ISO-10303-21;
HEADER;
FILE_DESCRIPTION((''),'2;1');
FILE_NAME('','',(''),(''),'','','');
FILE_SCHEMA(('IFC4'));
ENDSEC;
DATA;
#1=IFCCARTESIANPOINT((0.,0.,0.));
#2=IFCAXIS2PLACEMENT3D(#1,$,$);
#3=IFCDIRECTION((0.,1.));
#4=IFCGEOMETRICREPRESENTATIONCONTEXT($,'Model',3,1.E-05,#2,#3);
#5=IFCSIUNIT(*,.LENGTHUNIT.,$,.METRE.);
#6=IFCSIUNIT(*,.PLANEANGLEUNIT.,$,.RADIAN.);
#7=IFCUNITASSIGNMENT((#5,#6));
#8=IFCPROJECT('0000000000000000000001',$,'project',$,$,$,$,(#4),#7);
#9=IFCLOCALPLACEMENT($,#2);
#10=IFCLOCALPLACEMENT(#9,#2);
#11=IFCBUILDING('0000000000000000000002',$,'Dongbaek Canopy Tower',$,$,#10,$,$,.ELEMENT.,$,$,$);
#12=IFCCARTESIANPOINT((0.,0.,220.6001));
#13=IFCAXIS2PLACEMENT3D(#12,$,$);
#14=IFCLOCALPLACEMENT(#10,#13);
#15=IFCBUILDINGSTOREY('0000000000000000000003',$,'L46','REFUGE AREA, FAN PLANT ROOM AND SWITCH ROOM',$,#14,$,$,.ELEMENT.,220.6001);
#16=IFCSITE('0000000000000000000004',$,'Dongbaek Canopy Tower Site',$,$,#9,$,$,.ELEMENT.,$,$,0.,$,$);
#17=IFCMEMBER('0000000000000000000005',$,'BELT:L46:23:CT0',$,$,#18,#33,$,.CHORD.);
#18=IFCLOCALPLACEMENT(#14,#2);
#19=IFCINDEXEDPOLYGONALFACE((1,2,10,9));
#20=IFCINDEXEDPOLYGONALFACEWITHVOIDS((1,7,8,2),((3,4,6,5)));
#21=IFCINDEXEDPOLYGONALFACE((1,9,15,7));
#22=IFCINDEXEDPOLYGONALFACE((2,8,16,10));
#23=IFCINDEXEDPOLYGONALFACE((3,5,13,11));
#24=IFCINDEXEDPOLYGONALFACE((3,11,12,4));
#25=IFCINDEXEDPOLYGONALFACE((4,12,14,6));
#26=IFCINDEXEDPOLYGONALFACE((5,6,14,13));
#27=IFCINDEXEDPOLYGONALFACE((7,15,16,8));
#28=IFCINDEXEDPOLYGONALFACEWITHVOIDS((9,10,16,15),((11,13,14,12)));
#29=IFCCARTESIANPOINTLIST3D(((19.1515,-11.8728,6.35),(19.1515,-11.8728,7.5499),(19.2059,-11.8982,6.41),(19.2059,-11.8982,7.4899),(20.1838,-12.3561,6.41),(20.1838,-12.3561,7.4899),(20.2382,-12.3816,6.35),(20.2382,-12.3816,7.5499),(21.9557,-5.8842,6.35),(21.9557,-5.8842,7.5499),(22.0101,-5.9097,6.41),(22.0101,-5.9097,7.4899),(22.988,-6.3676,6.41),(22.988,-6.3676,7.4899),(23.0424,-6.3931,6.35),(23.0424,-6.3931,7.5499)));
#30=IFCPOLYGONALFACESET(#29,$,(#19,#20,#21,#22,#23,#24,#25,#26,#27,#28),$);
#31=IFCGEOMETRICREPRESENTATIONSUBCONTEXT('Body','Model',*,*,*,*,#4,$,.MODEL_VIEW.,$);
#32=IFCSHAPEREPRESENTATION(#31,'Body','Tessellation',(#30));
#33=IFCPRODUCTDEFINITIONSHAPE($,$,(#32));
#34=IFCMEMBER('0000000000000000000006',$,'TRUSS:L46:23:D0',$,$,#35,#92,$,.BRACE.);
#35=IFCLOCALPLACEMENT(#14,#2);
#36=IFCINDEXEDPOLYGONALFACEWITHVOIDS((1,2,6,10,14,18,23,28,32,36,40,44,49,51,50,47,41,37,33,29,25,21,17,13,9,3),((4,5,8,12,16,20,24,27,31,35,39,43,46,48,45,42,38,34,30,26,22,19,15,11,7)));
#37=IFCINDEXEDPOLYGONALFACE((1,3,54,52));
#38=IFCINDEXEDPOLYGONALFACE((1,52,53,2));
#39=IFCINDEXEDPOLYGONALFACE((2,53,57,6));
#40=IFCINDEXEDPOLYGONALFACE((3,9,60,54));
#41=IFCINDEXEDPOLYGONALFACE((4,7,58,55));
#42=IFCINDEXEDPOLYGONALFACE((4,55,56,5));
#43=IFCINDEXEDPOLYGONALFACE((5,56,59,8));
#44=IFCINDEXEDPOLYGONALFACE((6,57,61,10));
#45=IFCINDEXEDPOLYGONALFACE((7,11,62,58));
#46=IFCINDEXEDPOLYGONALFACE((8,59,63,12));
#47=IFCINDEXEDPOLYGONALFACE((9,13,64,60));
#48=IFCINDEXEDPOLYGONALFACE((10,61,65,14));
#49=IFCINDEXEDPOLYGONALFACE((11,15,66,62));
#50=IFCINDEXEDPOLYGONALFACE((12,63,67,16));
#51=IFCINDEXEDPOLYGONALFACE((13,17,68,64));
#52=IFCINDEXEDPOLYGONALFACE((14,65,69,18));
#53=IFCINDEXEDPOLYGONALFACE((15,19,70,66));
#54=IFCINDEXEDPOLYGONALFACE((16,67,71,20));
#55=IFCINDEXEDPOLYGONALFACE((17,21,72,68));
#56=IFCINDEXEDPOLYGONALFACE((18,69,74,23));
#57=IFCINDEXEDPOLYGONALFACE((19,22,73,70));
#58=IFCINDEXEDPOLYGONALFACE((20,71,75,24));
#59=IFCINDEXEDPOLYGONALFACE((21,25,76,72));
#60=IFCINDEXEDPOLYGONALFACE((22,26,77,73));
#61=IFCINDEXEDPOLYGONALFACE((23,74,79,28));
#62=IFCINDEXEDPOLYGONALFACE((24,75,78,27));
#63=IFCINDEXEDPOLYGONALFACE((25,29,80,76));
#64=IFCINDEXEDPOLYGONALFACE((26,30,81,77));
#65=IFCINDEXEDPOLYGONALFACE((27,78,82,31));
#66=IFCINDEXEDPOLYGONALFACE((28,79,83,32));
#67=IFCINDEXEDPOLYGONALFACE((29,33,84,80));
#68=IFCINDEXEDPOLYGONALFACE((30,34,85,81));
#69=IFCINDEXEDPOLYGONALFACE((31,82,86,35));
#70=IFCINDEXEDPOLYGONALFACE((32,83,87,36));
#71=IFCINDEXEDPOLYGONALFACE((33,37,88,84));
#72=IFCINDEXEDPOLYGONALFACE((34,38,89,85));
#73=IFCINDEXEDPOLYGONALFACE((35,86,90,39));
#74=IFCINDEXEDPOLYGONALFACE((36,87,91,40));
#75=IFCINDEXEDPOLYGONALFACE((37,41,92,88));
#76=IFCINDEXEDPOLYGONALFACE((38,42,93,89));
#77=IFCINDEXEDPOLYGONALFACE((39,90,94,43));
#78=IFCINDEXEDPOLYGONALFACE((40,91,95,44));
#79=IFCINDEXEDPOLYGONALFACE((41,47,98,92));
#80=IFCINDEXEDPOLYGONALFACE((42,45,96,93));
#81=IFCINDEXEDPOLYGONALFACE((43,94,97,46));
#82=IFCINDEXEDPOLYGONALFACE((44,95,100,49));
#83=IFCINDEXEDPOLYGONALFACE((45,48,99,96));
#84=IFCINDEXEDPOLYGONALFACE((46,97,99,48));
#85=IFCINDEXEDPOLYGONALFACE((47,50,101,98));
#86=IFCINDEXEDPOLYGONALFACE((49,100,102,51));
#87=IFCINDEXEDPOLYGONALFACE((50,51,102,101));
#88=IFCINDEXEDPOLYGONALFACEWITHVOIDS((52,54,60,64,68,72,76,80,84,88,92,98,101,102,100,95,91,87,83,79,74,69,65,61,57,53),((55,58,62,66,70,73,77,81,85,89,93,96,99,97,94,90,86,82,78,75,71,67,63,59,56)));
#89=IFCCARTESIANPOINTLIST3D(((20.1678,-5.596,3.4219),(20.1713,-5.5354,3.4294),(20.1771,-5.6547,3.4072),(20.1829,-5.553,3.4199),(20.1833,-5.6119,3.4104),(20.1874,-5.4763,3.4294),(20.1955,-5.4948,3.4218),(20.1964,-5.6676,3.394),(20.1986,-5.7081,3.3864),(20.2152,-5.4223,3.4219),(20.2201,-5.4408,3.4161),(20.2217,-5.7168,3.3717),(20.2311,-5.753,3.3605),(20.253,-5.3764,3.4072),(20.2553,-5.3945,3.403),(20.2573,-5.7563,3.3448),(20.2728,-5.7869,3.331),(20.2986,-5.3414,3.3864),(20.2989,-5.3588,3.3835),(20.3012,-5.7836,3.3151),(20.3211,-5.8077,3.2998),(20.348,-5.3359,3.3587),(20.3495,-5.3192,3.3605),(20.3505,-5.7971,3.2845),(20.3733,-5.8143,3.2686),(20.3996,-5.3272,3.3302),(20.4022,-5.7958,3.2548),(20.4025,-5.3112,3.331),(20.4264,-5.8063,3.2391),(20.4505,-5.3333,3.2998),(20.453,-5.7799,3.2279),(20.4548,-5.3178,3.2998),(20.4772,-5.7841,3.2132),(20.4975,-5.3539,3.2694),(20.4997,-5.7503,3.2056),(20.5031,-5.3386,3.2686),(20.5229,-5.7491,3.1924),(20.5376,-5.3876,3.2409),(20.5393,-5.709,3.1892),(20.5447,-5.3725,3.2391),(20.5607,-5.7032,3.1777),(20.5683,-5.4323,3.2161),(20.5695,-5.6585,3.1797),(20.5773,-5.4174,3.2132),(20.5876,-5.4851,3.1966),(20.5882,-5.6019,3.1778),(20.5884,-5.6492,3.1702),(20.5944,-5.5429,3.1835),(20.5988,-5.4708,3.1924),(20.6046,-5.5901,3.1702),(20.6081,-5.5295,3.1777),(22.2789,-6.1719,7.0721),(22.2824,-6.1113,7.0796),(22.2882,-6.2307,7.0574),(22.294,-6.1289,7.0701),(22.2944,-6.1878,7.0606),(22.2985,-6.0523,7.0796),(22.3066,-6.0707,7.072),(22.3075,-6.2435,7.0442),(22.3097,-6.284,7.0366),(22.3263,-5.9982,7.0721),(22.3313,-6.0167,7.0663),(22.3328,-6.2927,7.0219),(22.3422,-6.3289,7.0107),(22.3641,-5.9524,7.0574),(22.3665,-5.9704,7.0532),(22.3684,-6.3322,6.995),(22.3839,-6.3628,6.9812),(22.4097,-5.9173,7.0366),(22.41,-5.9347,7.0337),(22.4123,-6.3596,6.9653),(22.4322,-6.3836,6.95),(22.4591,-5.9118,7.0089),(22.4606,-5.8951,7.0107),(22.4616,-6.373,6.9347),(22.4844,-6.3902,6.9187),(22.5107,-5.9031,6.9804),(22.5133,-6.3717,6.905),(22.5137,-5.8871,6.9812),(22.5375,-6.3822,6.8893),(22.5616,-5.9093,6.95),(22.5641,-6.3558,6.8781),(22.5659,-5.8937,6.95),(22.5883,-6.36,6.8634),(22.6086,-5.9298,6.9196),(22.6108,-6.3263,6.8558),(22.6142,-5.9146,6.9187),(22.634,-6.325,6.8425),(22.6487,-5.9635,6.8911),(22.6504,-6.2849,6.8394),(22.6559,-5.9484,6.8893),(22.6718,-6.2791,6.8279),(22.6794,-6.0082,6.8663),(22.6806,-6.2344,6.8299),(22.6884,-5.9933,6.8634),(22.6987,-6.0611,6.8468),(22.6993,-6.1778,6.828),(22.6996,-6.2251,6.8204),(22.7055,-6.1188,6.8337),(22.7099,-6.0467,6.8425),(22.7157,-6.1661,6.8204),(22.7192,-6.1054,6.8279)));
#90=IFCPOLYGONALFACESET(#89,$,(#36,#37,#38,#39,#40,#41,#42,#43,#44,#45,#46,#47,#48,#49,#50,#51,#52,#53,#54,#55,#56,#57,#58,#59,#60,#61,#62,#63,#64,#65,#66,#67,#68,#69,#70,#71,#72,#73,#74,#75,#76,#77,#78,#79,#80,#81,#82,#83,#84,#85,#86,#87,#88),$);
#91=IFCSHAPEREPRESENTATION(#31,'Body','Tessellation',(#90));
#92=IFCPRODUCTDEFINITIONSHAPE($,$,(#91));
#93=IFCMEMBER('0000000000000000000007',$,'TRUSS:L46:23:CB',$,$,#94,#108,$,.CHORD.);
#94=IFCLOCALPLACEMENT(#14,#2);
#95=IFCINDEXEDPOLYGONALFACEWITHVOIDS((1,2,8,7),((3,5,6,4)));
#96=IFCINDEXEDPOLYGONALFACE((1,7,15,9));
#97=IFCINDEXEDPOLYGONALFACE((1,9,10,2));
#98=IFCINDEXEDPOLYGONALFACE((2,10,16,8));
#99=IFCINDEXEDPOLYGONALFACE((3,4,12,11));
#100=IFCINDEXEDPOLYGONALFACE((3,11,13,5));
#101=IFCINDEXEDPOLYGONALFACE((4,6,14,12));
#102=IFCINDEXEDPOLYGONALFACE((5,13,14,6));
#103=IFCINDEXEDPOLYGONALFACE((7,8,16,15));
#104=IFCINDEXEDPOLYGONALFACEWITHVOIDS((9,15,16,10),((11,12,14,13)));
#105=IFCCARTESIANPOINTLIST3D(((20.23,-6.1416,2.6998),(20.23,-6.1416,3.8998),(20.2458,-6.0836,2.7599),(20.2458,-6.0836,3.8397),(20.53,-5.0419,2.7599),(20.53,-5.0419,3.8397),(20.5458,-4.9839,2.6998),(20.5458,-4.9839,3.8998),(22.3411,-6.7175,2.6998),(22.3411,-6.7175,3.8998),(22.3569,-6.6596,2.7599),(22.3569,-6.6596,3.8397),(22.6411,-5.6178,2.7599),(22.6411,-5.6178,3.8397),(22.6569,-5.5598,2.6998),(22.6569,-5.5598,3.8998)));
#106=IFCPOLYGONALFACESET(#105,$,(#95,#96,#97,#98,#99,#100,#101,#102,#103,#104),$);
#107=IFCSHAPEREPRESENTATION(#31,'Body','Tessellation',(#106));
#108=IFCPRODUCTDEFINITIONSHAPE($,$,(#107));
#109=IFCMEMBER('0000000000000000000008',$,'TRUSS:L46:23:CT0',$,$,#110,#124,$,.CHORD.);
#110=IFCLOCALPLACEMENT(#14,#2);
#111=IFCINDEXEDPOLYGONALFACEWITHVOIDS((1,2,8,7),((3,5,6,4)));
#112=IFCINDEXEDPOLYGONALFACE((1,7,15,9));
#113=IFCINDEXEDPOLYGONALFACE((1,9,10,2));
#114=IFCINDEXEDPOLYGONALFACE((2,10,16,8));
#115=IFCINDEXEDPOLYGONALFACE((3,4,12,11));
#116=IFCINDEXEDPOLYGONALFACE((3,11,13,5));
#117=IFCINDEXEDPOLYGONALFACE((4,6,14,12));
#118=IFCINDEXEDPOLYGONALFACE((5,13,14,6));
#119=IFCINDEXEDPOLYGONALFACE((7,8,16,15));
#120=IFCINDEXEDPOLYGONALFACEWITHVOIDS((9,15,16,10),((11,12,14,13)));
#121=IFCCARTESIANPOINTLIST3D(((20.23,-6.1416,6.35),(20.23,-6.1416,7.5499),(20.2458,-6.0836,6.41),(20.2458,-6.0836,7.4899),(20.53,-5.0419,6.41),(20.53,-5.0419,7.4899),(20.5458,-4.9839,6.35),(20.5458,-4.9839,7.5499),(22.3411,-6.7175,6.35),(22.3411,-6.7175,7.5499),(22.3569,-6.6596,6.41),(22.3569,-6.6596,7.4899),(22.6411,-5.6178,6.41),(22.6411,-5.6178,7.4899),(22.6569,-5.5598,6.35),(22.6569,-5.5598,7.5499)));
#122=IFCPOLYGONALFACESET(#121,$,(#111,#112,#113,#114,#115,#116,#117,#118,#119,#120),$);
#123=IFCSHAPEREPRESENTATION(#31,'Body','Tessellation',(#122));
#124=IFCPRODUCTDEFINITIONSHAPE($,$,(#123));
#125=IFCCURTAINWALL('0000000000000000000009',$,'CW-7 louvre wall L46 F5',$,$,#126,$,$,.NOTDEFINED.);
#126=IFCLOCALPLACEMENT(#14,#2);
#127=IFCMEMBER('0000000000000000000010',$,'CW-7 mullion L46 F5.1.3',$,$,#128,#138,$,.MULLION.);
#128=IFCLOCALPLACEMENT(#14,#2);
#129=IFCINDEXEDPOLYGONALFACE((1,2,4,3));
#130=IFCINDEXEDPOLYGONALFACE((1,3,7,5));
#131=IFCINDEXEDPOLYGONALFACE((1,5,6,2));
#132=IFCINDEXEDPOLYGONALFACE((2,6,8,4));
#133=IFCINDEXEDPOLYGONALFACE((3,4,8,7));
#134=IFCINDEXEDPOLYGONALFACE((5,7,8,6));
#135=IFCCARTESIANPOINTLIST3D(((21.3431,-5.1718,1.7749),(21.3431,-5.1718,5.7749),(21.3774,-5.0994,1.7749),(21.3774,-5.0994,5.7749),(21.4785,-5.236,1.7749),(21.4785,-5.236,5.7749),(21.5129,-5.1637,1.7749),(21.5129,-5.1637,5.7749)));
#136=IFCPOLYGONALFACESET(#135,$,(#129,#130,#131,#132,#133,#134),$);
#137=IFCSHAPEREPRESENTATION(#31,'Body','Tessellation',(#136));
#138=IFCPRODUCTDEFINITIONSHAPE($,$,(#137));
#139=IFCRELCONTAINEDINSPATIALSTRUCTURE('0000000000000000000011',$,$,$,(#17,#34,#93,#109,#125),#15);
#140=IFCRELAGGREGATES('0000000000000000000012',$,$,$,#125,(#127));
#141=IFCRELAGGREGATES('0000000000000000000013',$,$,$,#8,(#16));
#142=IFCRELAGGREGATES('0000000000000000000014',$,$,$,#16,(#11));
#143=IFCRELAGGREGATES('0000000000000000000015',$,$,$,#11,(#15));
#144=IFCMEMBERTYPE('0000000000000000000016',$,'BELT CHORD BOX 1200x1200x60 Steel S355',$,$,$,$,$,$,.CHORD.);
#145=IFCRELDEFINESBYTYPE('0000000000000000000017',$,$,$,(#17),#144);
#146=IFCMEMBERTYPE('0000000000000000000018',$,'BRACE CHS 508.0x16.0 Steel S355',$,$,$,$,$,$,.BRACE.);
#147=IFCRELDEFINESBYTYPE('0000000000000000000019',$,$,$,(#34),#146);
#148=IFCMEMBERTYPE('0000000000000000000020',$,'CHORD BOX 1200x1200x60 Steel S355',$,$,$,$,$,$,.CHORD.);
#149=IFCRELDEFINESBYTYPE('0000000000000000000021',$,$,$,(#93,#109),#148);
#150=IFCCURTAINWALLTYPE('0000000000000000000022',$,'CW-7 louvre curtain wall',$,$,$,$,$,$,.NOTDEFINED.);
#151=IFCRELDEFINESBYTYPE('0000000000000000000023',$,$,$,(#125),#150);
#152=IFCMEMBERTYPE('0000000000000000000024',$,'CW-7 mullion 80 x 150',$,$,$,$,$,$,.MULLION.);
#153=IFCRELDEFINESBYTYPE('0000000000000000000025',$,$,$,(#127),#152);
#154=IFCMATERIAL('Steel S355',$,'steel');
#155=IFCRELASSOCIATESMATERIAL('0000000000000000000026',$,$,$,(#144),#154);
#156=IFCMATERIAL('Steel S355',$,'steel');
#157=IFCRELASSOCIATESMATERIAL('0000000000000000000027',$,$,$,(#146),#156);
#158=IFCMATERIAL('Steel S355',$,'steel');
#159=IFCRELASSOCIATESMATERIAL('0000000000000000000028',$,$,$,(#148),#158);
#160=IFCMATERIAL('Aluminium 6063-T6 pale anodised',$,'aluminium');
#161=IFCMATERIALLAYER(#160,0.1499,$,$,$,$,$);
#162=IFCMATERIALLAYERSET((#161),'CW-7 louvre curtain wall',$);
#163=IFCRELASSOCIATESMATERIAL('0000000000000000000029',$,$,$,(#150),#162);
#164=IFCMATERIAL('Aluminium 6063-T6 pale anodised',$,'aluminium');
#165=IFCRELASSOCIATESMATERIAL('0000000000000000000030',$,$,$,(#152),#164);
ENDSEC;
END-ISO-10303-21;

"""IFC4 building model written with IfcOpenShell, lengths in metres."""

from ifc_helpers import new_model, si_unit, direction, frame, origin, origin_2d, place, context, subcontext, project, spatial, rectangle, hollow_rectangle, hollow_circle, extrude, material, layer, layer_set, material_profile, profile_set, type_object, element, aggregate, save


model = new_model("IFC4")

# Units and contexts
model_context = context("Model", 3, precision=1e-05, world=origin(), true_north=direction((0.0, 1.0)))
body_context = subcontext(model_context, "Body", "Model", "MODEL_VIEW")
ifc_project = project(units=[si_unit("LENGTHUNIT", "METRE"), si_unit("PLANEANGLEUNIT", "RADIAN")], contexts=[model_context])

# Site, building, storey
site_placement = place(None, origin())
site = spatial("IfcSite", under=ifc_project, at=site_placement, Name="Dongbaek Canopy Tower Site", CompositionType="ELEMENT", RefElevation=0.0)
building_placement = place(site_placement, origin())
building = spatial("IfcBuilding", under=site, at=building_placement, Name="Dongbaek Canopy Tower", CompositionType="ELEMENT")
storey_placement = place(building_placement, frame((0.0, 0.0, 220.6001)))
storey = spatial("IfcBuildingStorey", under=building, at=storey_placement, Name="L46", Description="REFUGE AREA, FAN PLANT ROOM AND SWITCH ROOM", CompositionType="ELEMENT", Elevation=220.6001)

# Members
ifc_material_1 = material(Name="Steel S355", Category="steel")
ifc_material_profile_1 = material_profile(ifc_material_1, hollow_rectangle(XDim=1.2, YDim=1.2, WallThickness=0.0601, at=origin_2d()), Name="BELT CHORD BOX 1200x1200x60 Steel S355")
ifc_profile_set_1 = profile_set([ifc_material_profile_1], Name="Steel S355")
member_type_1 = type_object("IfcMemberType", Name="BELT CHORD BOX 1200x1200x60 Steel S355", PredefinedType="CHORD", material=ifc_profile_set_1)
for number, where, z_axis, x_axis, name in (
    (1, (22.499, -6.1387, 6.95), (-0.424072, -0.905629, 0.0), (0.905629, -0.424072, 0.0), "BELT:L46:23:CT0"),
):
    element("IfcMember", number, at=place(storey_placement, frame(where, z_axis=z_axis, x_axis=x_axis)), inside=storey, type_object=member_type_1, Name=name, PredefinedType="CHORD", context=body_context, shape_type="SweptSolid", body=[
        extrude(hollow_rectangle(XDim=1.2, YDim=1.2, WallThickness=0.0601, at=origin_2d()), origin(), (0.0, 0.0, 1.0), 6.6125),
    ])
ifc_material_2 = material(Name="Steel S355", Category="steel")
ifc_material_profile_2 = material_profile(ifc_material_2, hollow_circle(Radius=0.2539, WallThickness=0.0161, at=origin_2d()), Name="BRACE CHS 508.0x16.0 Steel S355")
ifc_profile_set_2 = profile_set([ifc_material_profile_2], Name="Steel S355")
member_type_2 = type_object("IfcMemberType", Name="BRACE CHS 508.0x16.0 Steel S355", PredefinedType="BRACE", material=ifc_profile_set_2)
member_1_placement = place(storey_placement, frame((20.3879, -5.5627, 3.2998), z_axis=(0.496047, -0.135327, 0.857685), x_axis=(0.263193, 0.964743, 0.0)))
element("IfcMember", 2, at=member_1_placement, inside=storey, type_object=member_type_2, Name="TRUSS:L46:23:D0", PredefinedType="BRACE", context=body_context, shape_type="SweptSolid", body=[
    extrude(hollow_circle(Radius=0.2539, WallThickness=0.0161, at=origin_2d()), origin(), (0.0, 0.0, 1.0), 4.2559),
])
ifc_material_3 = material(Name="Steel S355", Category="steel")
ifc_material_profile_3 = material_profile(ifc_material_3, hollow_rectangle(XDim=1.2, YDim=1.2, WallThickness=0.0601, at=origin_2d()), Name="CHORD BOX 1200x1200x60 Steel S355")
ifc_profile_set_3 = profile_set([ifc_material_profile_3], Name="Steel S355")
member_type_3 = type_object("IfcMemberType", Name="CHORD BOX 1200x1200x60 Steel S355", PredefinedType="CHORD", material=ifc_profile_set_3)
for number, where, z_axis, x_axis, name in (
    (3, (20.3879, -5.5627, 3.2998), (0.964743, -0.263193, 0.0), (0.263193, 0.964743, 0.0), "TRUSS:L46:23:CB"),
    (4, (20.3879, -5.5627, 6.95), (0.964743, -0.263193, 0.0), (0.263193, 0.964743, 0.0), "TRUSS:L46:23:CT0"),
):
    element("IfcMember", number, at=place(storey_placement, frame(where, z_axis=z_axis, x_axis=x_axis)), inside=storey, type_object=member_type_3, Name=name, PredefinedType="CHORD", context=body_context, shape_type="SweptSolid", body=[
        extrude(hollow_rectangle(XDim=1.2, YDim=1.2, WallThickness=0.0601, at=origin_2d()), origin(), (0.0, 0.0, 1.0), 2.1882),
    ])

# Curtain wall, member
ifc_material_4 = material(Name="Aluminium 6063-T6 pale anodised", Category="aluminium")
ifc_layer_1 = layer(ifc_material_4, 0.1499)
ifc_layer_set_1 = layer_set([ifc_layer_1], Name="CW-7 louvre curtain wall")
curtain_wall_type = type_object("IfcCurtainWallType", Name="CW-7 louvre curtain wall", PredefinedType="NOTDEFINED", material=ifc_layer_set_1)
curtain_wall_placement = place(storey_placement, origin())
curtain_wall = element("IfcCurtainWall", 5, at=curtain_wall_placement, inside=storey, type_object=curtain_wall_type, Name="CW-7 louvre wall L46 F5", PredefinedType="NOTDEFINED")
ifc_material_5 = material(Name="Aluminium 6063-T6 pale anodised", Category="aluminium")
ifc_material_profile_4 = material_profile(ifc_material_5, rectangle(XDim=0.1499, YDim=0.0801, at=origin_2d()), Name="CW-7 mullion 80 x 150")
ifc_profile_set_4 = profile_set([ifc_material_profile_4], Name="Aluminium 6063-T6 pale anodised")
member_type_4 = type_object("IfcMemberType", Name="CW-7 mullion 80 x 150", PredefinedType="MULLION", material=ifc_profile_set_4)
member_2_placement = place(storey_placement, frame((21.428, -5.1677, 1.7749), z_axis=(0.0, 0.0, 1.0), x_axis=(0.90352, -0.428545, 0.0)))
member_2 = element("IfcMember", 6, at=member_2_placement, type_object=member_type_4, Name="CW-7 mullion L46 F5.1.3", PredefinedType="MULLION", context=body_context, shape_type="SweptSolid", body=[
    extrude(rectangle(XDim=0.1499, YDim=0.0801, at=origin_2d()), origin(), (0.0, 0.0, 1.0), 4.0),
])

aggregate(curtain_wall, [member_2])

save(model, "model.ifc")
